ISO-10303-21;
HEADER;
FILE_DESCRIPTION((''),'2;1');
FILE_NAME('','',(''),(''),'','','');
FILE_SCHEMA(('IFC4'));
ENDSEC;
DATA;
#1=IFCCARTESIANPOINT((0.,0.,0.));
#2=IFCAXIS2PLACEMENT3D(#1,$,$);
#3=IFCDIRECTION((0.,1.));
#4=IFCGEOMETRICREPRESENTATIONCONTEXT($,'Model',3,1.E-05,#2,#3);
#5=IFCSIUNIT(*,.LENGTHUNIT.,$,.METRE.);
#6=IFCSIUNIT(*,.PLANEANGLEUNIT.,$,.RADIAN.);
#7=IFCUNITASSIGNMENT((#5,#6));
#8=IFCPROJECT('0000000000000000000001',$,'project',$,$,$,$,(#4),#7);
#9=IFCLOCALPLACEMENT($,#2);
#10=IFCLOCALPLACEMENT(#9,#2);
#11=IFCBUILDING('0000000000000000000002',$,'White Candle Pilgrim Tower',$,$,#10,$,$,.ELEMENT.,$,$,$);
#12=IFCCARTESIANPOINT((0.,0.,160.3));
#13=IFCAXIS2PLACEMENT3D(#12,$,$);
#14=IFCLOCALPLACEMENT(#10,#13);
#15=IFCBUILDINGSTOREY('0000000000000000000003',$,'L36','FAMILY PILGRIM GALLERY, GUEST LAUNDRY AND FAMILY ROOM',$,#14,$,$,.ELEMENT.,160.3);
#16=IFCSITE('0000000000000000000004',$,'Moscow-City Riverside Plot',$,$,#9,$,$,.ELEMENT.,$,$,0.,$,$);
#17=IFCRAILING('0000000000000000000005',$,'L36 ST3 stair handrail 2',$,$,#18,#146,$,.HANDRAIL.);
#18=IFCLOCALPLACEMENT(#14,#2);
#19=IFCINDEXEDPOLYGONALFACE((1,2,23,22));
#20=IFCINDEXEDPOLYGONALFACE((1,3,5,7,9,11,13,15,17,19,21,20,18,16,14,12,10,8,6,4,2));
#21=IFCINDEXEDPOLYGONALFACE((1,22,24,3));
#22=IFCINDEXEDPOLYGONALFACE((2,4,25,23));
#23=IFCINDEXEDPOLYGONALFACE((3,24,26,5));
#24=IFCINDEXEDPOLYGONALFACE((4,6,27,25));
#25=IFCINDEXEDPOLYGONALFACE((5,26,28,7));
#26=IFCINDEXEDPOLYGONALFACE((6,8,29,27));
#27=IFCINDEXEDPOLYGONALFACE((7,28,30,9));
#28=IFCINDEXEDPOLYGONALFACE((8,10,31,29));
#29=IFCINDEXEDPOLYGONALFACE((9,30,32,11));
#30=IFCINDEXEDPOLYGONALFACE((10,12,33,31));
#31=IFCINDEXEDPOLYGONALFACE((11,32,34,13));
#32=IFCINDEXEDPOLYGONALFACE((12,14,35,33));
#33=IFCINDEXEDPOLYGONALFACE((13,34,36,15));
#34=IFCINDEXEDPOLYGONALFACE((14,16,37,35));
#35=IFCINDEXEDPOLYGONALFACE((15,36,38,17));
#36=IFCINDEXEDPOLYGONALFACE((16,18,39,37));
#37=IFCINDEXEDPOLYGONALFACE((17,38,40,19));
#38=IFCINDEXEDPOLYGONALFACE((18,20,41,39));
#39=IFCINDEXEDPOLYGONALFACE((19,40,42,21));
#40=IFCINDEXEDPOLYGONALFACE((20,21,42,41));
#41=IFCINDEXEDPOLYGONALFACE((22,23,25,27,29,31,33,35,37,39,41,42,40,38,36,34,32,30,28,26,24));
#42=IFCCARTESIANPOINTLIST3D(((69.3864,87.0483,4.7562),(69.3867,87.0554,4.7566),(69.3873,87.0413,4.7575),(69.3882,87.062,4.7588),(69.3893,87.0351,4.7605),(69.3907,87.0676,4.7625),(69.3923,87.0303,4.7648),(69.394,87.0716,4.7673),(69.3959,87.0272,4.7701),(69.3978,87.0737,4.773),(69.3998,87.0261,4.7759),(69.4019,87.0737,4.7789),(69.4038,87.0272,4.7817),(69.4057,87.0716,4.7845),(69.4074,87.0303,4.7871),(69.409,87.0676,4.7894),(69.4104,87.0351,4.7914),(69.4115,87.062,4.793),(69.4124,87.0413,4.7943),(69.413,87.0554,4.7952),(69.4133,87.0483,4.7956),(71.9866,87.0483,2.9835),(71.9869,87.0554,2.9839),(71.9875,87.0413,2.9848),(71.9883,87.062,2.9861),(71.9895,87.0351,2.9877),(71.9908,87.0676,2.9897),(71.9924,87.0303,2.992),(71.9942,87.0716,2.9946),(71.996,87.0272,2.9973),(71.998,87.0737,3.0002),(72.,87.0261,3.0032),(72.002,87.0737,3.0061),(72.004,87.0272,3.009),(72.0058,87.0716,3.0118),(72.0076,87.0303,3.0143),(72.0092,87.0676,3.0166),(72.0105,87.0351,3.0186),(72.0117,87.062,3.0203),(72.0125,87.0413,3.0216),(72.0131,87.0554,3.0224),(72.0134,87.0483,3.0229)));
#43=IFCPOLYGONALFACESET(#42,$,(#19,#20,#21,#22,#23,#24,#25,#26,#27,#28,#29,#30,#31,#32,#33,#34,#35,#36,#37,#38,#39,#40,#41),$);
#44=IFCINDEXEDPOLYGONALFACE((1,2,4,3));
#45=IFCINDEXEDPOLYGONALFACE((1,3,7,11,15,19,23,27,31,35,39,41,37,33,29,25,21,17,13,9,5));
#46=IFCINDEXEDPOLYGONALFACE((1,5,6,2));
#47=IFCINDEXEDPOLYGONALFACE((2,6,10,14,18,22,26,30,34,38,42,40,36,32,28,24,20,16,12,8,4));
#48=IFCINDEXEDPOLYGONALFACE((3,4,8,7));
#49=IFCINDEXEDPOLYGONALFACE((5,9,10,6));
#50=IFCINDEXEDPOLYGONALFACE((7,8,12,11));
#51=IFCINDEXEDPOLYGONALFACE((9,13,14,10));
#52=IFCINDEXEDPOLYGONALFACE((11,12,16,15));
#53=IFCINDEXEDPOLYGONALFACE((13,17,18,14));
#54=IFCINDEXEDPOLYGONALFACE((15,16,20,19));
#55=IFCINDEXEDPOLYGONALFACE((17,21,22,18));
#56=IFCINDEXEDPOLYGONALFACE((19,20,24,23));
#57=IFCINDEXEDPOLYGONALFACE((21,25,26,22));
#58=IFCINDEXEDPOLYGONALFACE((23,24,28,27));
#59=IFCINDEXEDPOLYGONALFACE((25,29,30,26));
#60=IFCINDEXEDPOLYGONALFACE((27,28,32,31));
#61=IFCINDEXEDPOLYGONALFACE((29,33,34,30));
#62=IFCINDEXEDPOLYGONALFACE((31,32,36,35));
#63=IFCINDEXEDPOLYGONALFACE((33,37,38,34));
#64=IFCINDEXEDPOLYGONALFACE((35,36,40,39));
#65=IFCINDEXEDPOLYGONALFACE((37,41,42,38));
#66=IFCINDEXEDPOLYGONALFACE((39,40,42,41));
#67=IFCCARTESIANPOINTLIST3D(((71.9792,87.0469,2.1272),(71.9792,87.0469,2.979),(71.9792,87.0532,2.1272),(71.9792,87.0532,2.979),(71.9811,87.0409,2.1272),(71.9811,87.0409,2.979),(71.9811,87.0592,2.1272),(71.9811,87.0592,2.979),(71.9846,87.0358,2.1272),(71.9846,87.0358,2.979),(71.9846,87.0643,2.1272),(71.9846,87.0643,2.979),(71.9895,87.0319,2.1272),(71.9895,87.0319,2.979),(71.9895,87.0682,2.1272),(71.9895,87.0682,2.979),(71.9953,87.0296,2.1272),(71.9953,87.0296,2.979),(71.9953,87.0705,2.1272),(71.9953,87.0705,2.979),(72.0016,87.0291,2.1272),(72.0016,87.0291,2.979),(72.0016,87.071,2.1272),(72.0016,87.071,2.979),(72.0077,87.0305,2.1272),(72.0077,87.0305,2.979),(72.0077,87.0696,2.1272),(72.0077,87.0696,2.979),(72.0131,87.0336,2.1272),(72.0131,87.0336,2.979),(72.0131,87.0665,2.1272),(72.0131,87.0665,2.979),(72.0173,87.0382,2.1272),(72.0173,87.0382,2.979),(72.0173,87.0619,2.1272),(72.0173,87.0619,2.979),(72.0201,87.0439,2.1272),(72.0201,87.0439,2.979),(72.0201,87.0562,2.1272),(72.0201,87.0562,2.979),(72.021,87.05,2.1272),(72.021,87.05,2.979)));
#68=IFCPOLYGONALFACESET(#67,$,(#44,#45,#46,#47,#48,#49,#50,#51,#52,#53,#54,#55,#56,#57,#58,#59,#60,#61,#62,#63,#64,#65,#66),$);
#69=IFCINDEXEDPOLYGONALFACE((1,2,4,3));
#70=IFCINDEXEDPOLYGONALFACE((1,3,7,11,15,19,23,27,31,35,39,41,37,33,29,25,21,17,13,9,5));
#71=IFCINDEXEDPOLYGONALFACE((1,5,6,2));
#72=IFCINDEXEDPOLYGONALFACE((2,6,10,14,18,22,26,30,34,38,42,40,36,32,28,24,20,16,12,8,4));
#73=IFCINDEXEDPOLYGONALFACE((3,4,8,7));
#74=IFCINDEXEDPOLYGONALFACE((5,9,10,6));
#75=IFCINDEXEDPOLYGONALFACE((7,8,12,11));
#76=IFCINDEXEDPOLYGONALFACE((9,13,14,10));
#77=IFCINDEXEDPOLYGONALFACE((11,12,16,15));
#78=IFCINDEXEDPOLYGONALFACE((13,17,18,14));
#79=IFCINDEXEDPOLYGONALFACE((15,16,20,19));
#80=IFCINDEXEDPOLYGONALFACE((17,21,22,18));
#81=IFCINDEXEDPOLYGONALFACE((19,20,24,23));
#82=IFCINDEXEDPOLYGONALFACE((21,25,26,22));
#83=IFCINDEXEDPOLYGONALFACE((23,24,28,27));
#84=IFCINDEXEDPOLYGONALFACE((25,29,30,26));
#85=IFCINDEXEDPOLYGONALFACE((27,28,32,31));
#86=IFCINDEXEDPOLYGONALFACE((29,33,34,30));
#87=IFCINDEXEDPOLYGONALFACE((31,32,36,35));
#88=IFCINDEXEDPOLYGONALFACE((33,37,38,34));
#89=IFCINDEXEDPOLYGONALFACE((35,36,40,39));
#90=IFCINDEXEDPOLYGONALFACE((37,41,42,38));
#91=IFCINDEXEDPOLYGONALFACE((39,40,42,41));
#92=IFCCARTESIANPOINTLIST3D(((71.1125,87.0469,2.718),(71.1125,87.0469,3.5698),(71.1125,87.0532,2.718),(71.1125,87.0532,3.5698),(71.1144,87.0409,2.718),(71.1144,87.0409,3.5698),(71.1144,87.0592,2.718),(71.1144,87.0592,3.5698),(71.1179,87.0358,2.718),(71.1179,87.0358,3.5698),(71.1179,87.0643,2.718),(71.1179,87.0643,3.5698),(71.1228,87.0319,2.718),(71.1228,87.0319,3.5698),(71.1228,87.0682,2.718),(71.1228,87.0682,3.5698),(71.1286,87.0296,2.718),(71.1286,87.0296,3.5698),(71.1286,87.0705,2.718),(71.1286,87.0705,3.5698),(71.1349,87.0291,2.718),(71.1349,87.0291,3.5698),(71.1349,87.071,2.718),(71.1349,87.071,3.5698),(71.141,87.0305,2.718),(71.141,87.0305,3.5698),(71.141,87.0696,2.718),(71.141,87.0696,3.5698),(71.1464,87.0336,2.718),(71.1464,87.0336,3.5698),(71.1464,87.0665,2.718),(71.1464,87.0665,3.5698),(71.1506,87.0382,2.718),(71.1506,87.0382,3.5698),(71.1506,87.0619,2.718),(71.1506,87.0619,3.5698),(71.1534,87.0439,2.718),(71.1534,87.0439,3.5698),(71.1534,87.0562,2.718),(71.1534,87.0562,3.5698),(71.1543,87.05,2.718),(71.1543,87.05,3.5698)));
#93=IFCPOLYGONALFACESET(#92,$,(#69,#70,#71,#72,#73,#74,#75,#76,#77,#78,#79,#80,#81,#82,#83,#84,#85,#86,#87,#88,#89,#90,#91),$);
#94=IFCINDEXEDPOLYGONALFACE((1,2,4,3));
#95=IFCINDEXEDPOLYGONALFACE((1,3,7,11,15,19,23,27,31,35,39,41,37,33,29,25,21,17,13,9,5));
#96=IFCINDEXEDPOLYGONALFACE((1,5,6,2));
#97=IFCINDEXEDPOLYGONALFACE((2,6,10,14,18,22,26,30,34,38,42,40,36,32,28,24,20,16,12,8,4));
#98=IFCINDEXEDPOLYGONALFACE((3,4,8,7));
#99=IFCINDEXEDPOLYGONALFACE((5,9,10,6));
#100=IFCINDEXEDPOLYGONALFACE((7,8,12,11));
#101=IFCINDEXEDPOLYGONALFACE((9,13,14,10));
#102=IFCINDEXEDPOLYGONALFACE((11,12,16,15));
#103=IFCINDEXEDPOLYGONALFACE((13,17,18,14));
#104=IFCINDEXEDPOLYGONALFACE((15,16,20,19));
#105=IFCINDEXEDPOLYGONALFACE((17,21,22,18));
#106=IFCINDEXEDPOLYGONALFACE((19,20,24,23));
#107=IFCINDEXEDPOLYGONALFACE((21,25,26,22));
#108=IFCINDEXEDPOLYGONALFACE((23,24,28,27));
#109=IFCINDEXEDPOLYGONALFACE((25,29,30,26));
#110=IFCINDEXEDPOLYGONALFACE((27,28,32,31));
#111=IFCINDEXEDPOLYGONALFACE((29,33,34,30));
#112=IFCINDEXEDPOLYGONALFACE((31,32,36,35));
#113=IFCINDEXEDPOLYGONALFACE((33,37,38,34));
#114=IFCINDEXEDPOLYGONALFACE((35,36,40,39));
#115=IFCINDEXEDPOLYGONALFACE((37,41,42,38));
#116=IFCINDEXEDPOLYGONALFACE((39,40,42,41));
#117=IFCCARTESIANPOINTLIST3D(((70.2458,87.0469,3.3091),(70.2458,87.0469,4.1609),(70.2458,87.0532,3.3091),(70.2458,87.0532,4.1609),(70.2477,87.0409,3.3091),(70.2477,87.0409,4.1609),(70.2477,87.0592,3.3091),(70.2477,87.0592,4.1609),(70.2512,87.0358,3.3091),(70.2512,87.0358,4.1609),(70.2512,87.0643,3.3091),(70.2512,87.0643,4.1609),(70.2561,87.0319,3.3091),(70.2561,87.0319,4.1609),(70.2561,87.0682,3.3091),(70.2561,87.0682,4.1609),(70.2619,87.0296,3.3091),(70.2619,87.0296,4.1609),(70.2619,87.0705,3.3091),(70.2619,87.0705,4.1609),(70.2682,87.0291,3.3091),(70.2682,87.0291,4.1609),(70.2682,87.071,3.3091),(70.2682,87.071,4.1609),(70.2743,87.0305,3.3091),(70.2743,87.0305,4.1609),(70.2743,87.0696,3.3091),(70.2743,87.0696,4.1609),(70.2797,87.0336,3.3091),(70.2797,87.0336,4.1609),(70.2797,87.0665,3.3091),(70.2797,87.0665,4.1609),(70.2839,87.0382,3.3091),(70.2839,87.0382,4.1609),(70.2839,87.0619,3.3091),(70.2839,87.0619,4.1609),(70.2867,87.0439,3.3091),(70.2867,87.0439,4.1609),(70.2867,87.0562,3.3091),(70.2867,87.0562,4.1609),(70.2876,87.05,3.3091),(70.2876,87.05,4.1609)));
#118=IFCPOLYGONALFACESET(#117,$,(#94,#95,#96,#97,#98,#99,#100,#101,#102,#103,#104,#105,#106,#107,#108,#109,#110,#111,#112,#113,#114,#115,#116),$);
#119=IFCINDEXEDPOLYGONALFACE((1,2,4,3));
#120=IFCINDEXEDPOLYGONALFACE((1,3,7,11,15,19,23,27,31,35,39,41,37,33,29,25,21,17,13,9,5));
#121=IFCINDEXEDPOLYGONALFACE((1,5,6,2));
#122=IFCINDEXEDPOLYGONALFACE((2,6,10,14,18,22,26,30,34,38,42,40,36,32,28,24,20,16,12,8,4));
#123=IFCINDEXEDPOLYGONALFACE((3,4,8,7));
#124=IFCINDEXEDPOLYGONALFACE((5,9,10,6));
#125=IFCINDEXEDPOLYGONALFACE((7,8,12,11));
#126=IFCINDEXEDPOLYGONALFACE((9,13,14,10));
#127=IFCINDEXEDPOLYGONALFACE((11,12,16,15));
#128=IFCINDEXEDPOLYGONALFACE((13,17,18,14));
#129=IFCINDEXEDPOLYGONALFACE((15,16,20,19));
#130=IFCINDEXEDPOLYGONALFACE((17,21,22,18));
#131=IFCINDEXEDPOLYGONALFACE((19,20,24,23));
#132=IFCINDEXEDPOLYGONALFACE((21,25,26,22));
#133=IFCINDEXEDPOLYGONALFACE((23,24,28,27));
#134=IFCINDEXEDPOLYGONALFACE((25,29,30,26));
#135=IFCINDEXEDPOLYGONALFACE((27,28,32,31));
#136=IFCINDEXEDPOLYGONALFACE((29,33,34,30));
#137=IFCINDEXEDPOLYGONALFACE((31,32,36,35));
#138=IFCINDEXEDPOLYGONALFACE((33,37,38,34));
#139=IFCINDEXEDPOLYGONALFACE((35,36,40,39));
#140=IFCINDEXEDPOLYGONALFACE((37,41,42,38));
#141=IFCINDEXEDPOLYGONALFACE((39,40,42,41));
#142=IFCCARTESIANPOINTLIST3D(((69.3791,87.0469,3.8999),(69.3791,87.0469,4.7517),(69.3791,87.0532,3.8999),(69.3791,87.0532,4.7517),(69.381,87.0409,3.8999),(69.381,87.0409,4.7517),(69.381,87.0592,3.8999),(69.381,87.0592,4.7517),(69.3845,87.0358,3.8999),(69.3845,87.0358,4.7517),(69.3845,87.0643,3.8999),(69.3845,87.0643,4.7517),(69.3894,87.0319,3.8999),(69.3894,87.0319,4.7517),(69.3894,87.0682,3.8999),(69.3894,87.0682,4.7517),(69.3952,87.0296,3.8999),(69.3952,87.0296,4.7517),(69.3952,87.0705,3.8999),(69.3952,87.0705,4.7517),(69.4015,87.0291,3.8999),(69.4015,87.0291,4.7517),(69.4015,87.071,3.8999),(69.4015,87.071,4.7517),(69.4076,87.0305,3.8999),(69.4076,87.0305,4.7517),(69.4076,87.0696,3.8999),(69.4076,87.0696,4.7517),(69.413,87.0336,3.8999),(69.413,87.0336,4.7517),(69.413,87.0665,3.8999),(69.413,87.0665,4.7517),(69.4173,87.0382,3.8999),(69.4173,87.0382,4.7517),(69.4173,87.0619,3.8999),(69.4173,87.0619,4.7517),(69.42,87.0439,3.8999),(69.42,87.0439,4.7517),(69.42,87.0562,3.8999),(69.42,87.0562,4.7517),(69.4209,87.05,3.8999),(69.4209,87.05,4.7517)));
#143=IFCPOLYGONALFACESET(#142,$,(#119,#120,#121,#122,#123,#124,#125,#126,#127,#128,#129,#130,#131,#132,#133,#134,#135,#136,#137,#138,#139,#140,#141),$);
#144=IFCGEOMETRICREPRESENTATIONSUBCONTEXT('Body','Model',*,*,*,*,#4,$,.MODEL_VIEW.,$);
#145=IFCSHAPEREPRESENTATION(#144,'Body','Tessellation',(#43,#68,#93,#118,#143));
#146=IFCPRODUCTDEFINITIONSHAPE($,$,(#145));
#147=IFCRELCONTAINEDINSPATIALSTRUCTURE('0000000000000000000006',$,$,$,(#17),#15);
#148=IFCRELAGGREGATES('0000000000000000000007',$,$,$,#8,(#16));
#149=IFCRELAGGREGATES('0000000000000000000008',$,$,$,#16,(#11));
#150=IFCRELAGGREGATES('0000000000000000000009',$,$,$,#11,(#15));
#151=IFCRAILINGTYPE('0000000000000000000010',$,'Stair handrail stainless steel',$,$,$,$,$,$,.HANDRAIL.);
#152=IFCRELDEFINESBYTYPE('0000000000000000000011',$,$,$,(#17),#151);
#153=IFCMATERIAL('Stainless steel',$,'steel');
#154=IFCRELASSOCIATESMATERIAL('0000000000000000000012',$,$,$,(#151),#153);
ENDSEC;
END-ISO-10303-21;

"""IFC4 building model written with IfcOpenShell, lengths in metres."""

from ifc_helpers import new_model, si_unit, direction, frame, origin, origin_2d, place, context, subcontext, project, spatial, circle, extrude, material, type_object, element, save


model = new_model("IFC4")

# Units and contexts
model_context = context("Model", 3, precision=1e-05, world=origin(), true_north=direction((0.0, 1.0)))
body_context = subcontext(model_context, "Body", "Model", "MODEL_VIEW")
ifc_project = project(units=[si_unit("LENGTHUNIT", "METRE"), si_unit("PLANEANGLEUNIT", "RADIAN")], contexts=[model_context])

# Site, building, storey
site_placement = place(None, origin())
site = spatial("IfcSite", under=ifc_project, at=site_placement, Name="Moscow-City Riverside Plot", CompositionType="ELEMENT", RefElevation=0.0)
building_placement = place(site_placement, origin())
building = spatial("IfcBuilding", under=site, at=building_placement, Name="White Candle Pilgrim Tower", CompositionType="ELEMENT")
storey_placement = place(building_placement, frame((0.0, 0.0, 160.3)))
storey = spatial("IfcBuildingStorey", under=building, at=storey_placement, Name="L36", Description="FAMILY PILGRIM GALLERY, GUEST LAUNDRY AND FAMILY ROOM", CompositionType="ELEMENT", Elevation=160.3)

# Railing
ifc_material_1 = material(Name="Stainless steel", Category="steel")
railing_type_1 = type_object("IfcRailingType", Name="Stair handrail stainless steel", PredefinedType="HANDRAIL", material=ifc_material_1)
railing_1_placement = place(storey_placement, frame((72.0, 87.05, 2.1272)))
element("IfcRailing", 1, at=railing_1_placement, inside=storey, type_object=railing_type_1, Name="L36 ST3 stair handrail 2", PredefinedType="HANDRAIL", context=body_context, shape_type="SweptSolid", body=[
    extrude(circle(Radius=0.0239, at=origin_2d()), frame((0.0, 0.0, 0.876), z_axis=(-0.82624, 0.0, 0.563318), x_axis=(0.0, -1.0, 0.0)), (0.0, 0.0, 1.0), 3.147),
    extrude(circle(Radius=0.021, at=origin_2d()), origin(), (0.0, 0.0, 1.0), 0.8518),
    extrude(circle(Radius=0.021, at=origin_2d()), frame((-0.8667, 0.0, 0.5908)), (0.0, 0.0, 1.0), 0.8518),
    extrude(circle(Radius=0.021, at=origin_2d()), frame((-1.7334, 0.0, 1.1819)), (0.0, 0.0, 1.0), 0.8518),
    extrude(circle(Radius=0.021, at=origin_2d()), frame((-2.6001, 0.0, 1.7727)), (0.0, 0.0, 1.0), 0.8518),
])

save(model, "model.ifc")
